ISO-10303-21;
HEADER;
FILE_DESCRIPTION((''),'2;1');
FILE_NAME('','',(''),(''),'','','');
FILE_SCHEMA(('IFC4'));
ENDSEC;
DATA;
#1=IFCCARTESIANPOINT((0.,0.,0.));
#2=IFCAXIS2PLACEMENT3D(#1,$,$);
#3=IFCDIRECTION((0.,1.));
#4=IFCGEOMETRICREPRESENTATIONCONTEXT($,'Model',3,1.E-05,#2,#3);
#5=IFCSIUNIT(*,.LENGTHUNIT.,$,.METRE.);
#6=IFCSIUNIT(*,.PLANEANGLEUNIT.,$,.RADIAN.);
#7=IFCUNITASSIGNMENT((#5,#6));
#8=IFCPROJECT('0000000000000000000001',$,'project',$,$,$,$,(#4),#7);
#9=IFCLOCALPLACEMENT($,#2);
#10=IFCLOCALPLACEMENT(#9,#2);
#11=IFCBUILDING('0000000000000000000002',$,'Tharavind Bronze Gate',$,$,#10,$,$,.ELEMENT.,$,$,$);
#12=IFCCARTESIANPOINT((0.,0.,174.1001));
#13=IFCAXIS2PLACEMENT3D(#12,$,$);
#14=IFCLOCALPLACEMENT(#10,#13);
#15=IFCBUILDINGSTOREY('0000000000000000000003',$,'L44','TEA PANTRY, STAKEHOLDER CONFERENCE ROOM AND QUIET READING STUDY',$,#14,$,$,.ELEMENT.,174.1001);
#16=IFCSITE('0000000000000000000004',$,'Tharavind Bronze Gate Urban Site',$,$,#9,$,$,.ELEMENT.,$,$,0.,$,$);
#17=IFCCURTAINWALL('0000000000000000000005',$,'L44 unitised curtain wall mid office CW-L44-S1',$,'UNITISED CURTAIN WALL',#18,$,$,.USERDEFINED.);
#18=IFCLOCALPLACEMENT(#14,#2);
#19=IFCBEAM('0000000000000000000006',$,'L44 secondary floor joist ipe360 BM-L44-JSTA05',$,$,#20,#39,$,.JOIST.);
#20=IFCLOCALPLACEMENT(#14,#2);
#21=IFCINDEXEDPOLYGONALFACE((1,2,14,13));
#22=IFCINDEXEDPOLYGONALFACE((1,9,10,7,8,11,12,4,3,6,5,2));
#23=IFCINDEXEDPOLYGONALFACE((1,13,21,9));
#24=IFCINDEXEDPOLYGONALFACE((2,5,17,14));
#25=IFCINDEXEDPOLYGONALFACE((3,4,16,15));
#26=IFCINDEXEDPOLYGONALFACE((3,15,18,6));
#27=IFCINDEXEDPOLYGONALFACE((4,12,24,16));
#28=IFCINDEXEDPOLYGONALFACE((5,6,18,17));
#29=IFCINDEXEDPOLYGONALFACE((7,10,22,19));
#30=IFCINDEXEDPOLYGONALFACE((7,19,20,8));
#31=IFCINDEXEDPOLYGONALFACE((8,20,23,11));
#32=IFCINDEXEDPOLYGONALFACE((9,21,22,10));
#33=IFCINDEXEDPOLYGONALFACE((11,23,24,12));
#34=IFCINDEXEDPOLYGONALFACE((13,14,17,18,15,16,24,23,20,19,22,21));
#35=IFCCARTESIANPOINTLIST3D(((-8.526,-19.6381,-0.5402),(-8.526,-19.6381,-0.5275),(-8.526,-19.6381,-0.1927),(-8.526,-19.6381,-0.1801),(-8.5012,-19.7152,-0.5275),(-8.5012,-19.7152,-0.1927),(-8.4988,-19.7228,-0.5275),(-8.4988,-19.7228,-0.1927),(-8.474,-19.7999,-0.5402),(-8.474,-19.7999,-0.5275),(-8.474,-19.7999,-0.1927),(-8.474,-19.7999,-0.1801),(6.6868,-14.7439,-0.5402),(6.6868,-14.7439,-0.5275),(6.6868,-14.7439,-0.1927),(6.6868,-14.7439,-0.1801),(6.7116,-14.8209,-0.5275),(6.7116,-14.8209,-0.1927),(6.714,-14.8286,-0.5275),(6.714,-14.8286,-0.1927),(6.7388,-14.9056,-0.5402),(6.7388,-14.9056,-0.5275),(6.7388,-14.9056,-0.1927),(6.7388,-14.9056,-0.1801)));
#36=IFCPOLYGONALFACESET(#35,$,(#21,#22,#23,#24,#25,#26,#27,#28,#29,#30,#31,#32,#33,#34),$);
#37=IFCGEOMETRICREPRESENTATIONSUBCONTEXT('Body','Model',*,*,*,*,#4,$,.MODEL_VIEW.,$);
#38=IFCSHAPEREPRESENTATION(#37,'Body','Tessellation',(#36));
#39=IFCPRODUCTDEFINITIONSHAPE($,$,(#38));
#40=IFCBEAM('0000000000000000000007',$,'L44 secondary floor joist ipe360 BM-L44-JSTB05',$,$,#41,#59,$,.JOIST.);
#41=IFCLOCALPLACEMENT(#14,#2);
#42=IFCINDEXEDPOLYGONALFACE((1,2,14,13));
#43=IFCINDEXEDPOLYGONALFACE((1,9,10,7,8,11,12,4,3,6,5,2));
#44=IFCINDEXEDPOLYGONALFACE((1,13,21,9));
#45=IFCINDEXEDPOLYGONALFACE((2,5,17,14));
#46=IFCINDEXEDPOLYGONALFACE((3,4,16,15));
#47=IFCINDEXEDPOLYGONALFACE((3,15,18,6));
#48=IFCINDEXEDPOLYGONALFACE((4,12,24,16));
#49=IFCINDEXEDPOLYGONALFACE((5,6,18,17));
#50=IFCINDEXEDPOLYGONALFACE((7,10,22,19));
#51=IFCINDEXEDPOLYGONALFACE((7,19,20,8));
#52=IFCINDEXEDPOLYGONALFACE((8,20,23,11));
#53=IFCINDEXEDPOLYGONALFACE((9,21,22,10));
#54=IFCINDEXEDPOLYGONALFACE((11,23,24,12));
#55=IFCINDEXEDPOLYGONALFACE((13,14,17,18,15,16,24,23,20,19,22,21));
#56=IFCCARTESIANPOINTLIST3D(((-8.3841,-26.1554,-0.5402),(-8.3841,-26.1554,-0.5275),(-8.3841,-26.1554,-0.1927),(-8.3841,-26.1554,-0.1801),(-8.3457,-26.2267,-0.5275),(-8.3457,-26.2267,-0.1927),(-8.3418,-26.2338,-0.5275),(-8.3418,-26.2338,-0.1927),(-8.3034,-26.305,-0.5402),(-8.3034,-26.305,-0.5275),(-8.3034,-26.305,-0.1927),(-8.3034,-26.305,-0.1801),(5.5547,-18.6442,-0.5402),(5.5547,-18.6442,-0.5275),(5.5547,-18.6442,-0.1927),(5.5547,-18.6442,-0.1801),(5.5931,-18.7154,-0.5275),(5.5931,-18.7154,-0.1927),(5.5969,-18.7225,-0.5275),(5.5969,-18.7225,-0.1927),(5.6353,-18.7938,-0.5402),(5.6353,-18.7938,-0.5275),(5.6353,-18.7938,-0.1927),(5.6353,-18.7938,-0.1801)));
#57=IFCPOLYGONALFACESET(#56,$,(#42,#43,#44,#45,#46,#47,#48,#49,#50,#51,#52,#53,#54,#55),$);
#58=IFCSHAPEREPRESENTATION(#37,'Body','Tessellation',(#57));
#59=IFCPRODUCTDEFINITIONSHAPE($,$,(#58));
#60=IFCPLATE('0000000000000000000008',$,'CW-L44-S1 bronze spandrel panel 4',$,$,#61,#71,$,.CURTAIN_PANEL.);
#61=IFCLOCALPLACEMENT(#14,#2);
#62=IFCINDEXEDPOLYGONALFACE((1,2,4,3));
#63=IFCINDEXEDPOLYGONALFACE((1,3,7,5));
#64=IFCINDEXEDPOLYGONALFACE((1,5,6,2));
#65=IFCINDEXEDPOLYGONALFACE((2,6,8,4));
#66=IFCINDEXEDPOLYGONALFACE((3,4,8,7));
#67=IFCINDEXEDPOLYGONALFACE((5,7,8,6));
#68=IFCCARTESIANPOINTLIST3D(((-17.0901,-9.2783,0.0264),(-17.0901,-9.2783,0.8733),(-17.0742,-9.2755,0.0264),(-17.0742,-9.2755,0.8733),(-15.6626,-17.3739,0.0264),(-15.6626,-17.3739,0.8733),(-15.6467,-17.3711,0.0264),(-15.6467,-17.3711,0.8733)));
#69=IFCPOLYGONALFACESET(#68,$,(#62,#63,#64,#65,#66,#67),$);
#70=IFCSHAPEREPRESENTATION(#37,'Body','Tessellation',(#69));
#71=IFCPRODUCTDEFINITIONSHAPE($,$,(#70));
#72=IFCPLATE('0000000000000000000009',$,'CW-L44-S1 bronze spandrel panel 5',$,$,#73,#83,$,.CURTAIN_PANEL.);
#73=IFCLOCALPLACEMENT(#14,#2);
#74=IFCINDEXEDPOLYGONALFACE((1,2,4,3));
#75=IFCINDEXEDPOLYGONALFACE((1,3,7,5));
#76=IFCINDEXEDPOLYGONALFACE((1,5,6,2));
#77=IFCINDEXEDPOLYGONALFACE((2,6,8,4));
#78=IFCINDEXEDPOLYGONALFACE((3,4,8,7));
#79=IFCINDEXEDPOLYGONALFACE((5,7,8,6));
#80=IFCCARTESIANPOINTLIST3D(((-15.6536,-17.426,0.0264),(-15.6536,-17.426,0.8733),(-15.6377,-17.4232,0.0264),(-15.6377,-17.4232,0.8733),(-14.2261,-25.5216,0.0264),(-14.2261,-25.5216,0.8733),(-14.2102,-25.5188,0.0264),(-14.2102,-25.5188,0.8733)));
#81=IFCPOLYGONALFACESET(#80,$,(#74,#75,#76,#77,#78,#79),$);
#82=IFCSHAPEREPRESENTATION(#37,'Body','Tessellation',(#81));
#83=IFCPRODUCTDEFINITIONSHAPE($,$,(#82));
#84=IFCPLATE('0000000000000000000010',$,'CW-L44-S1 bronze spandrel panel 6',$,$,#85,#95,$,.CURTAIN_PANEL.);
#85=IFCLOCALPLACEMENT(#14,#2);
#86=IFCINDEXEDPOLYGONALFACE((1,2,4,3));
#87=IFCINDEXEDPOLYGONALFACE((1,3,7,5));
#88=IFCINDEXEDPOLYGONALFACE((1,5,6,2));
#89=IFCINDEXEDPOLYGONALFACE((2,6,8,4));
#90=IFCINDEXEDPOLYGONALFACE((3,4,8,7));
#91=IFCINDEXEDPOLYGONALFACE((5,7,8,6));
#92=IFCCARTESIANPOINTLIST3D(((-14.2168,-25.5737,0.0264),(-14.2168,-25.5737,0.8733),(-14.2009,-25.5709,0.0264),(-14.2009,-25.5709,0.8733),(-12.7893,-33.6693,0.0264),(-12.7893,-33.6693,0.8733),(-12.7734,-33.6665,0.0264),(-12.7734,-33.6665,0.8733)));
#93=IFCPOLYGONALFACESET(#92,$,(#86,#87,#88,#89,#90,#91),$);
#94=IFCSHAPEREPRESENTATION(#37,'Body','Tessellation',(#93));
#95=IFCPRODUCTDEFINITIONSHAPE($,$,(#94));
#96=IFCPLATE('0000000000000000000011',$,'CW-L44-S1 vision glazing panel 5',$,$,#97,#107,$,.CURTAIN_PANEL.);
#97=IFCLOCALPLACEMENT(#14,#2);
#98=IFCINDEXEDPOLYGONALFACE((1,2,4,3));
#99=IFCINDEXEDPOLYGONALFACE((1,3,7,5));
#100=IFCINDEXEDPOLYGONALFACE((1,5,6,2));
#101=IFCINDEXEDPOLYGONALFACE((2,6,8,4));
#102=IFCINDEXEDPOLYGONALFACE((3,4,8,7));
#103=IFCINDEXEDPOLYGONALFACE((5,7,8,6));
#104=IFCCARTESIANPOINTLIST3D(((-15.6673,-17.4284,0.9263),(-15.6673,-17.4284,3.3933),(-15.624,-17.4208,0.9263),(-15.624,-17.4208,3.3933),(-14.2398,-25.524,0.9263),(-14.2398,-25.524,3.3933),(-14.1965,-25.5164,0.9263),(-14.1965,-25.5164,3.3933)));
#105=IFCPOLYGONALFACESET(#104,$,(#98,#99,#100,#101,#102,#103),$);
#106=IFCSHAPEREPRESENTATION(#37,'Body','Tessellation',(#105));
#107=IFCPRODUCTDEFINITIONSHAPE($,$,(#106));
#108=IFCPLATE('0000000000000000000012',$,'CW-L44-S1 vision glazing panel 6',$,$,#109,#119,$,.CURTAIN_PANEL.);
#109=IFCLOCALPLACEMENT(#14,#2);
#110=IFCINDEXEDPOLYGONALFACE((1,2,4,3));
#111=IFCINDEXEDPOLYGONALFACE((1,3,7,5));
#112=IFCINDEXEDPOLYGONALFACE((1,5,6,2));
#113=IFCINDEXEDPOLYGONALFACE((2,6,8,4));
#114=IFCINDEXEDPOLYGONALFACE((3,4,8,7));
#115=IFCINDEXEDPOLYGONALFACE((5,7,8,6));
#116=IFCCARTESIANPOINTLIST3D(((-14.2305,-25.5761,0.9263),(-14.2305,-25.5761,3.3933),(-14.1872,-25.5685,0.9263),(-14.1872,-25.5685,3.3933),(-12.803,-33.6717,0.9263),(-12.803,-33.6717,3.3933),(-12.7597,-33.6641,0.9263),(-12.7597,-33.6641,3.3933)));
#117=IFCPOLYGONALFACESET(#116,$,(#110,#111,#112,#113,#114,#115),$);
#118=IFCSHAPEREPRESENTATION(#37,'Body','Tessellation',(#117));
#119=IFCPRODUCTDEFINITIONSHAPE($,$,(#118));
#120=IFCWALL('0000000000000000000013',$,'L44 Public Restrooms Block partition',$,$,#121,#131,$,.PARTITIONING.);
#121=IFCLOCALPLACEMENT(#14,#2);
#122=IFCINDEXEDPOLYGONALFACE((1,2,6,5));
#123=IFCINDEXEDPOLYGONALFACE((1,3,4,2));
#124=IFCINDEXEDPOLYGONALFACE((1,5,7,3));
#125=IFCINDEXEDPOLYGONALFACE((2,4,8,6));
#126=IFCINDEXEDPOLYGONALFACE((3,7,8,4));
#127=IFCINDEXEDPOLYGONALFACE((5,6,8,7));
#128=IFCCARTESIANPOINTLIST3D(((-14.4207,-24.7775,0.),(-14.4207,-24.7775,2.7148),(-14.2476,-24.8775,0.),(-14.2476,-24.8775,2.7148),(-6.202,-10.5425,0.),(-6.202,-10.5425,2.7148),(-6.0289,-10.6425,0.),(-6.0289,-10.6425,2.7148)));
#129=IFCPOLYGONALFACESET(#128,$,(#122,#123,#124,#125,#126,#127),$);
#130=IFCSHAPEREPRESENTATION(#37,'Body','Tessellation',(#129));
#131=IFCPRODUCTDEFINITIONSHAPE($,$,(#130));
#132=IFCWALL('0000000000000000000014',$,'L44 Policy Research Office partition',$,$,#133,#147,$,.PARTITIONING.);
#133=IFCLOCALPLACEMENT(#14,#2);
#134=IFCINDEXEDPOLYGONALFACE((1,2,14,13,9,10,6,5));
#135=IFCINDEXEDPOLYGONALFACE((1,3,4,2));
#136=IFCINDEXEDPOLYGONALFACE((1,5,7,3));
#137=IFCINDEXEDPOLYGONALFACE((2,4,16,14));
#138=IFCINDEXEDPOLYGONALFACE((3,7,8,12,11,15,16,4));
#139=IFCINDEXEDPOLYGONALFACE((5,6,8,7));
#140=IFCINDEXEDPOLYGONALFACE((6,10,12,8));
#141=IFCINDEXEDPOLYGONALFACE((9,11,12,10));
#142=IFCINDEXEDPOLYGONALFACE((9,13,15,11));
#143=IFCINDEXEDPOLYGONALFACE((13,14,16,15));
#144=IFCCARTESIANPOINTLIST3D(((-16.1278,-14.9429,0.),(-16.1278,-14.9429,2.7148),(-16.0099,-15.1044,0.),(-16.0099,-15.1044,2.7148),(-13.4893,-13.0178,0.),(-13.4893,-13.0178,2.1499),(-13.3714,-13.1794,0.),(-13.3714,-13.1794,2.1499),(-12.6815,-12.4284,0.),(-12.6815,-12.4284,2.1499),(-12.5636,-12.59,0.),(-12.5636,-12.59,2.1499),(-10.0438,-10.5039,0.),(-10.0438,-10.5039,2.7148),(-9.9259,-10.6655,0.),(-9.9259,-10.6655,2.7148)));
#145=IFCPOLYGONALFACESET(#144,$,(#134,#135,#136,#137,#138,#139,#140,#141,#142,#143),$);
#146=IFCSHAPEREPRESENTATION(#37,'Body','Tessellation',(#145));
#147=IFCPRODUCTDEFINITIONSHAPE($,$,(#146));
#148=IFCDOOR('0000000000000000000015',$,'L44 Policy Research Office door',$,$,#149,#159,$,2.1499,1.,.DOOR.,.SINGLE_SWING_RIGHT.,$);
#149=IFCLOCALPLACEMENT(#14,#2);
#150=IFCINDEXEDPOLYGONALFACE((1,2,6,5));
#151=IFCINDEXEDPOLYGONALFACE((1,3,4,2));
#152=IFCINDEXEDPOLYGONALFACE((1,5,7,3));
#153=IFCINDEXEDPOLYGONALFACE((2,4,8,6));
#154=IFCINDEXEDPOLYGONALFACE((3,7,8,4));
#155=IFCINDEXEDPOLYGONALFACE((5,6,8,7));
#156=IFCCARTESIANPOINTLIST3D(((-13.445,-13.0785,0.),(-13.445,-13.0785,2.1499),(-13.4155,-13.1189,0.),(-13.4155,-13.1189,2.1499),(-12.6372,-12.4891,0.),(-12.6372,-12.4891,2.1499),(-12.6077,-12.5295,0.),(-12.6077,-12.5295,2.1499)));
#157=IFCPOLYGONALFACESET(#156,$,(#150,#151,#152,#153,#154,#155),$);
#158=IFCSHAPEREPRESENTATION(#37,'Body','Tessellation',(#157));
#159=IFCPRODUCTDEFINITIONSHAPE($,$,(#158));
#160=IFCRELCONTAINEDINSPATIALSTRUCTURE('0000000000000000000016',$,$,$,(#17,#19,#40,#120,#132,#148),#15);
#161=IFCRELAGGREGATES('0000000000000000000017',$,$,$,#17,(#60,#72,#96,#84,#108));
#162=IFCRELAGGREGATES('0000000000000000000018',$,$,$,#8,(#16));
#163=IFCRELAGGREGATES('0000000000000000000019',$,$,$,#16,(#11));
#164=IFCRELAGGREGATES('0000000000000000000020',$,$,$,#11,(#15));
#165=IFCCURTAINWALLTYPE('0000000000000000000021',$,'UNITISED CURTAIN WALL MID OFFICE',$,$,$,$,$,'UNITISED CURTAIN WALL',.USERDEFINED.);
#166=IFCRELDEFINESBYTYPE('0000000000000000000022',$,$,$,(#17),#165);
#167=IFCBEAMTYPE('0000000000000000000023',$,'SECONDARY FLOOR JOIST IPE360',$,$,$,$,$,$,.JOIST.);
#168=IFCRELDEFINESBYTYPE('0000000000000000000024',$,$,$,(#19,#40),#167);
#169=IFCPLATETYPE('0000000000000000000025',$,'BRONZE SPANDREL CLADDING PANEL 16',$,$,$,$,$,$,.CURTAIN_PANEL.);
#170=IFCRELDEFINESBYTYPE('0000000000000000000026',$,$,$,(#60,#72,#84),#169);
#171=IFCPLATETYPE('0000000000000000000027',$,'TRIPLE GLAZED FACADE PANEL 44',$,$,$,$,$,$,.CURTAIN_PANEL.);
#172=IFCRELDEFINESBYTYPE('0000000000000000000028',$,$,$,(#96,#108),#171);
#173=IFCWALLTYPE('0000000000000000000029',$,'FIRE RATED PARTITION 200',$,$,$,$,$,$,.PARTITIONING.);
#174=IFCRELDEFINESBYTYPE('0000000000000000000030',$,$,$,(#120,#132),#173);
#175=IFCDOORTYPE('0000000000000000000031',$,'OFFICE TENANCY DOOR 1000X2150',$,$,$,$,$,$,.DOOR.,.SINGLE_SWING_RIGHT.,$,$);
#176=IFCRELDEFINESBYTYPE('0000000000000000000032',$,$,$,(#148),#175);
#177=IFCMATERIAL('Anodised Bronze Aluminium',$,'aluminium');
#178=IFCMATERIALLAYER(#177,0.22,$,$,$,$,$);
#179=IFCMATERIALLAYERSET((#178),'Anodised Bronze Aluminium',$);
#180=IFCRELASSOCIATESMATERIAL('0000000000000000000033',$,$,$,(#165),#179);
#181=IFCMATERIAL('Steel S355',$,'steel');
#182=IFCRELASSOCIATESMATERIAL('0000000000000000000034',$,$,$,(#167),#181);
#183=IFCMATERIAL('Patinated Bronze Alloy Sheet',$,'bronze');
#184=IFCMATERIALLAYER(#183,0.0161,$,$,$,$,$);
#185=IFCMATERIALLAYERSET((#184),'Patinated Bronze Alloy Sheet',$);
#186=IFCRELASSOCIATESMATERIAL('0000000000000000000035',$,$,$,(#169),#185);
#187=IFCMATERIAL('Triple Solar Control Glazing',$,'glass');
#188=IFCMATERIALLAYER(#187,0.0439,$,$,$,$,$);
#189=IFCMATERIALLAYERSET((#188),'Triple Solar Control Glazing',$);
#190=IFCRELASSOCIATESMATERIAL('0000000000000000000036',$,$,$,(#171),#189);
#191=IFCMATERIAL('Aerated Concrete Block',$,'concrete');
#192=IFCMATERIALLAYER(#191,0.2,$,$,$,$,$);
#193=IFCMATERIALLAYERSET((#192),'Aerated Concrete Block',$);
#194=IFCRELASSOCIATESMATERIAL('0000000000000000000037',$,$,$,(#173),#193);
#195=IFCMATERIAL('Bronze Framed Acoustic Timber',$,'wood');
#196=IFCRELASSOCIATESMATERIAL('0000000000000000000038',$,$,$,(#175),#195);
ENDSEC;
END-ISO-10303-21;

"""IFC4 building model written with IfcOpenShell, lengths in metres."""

from ifc_helpers import new_model, si_unit, direction, frame, frame_2d, origin, origin_2d, place, context, subcontext, project, spatial, rectangle, i_section, extrude, material, layer, layer_set, material_profile, profile_set, type_object, element, fill, aggregate, save


model = new_model("IFC4")

# Units and contexts
model_context = context("Model", 3, precision=1e-05, world=origin(), true_north=direction((0.0, 1.0)))
body_context = subcontext(model_context, "Body", "Model", "MODEL_VIEW")
ifc_project = project(units=[si_unit("LENGTHUNIT", "METRE"), si_unit("PLANEANGLEUNIT", "RADIAN")], contexts=[model_context])

# Site, building, storey
site_placement = place(None, origin())
site = spatial("IfcSite", under=ifc_project, at=site_placement, Name="Tharavind Bronze Gate Urban Site", CompositionType="ELEMENT", RefElevation=0.0)
building_placement = place(site_placement, origin())
building = spatial("IfcBuilding", under=site, at=building_placement, Name="Tharavind Bronze Gate", CompositionType="ELEMENT")
storey_placement = place(building_placement, frame((0.0, 0.0, 174.1001)))
storey = spatial("IfcBuildingStorey", under=building, at=storey_placement, Name="L44", Description="TEA PANTRY, STAKEHOLDER CONFERENCE ROOM AND QUIET READING STUDY", CompositionType="ELEMENT", Elevation=174.1001)

# Curtain wall
ifc_material_1 = material(Name="Anodised Bronze Aluminium", Category="aluminium")
ifc_layer_1 = layer(ifc_material_1, 0.22)
ifc_layer_set_1 = layer_set([ifc_layer_1], Name="Anodised Bronze Aluminium")
curtain_wall_type = type_object("IfcCurtainWallType", Name="UNITISED CURTAIN WALL MID OFFICE", ElementType="UNITISED CURTAIN WALL", PredefinedType="USERDEFINED", material=ifc_layer_set_1)
curtain_wall_placement = place(storey_placement, origin())
curtain_wall = element("IfcCurtainWall", 1, at=curtain_wall_placement, inside=storey, type_object=curtain_wall_type, Name="L44 unitised curtain wall mid office CW-L44-S1", ObjectType="UNITISED CURTAIN WALL", PredefinedType="USERDEFINED")

# Beams
ifc_material_2 = material(Name="Steel S355", Category="steel")
ifc_material_profile_1 = material_profile(ifc_material_2, i_section(OverallWidth=0.1699, OverallDepth=0.3601, WebThickness=0.0081, FlangeThickness=0.0127, at=origin_2d()), Name="IPE360")
ifc_profile_set_1 = profile_set([ifc_material_profile_1], Name="Steel S355")
beam_type_1 = type_object("IfcBeamType", Name="SECONDARY FLOOR JOIST IPE360", PredefinedType="JOIST", material=ifc_profile_set_1)
beam_1_placement = place(storey_placement, frame((-8.5, -19.719, -0.3601), z_axis=(0.951948, 0.30626, 0.0), x_axis=(-0.30626, 0.951948, 0.0)))
element("IfcBeam", 2, at=beam_1_placement, inside=storey, type_object=beam_type_1, Name="L44 secondary floor joist ipe360 BM-L44-JSTA05", PredefinedType="JOIST", context=body_context, shape_type="SweptSolid", body=[
    extrude(i_section(OverallWidth=0.1699, OverallDepth=0.3601, WebThickness=0.0081, FlangeThickness=0.0127, at=origin_2d()), origin(), (0.0, 0.0, 1.0), 15.9807),
])
beam_2_placement = place(storey_placement, frame((-8.3438, -26.2302, -0.3601), z_axis=(0.880319, 0.474382, 0.0), x_axis=(-0.474382, 0.880319, 0.0)))
element("IfcBeam", 3, at=beam_2_placement, inside=storey, type_object=beam_type_1, Name="L44 secondary floor joist ipe360 BM-L44-JSTB05", PredefinedType="JOIST", context=body_context, shape_type="SweptSolid", body=[
    extrude(i_section(OverallWidth=0.1699, OverallDepth=0.3601, WebThickness=0.0081, FlangeThickness=0.0127, at=origin_2d()), origin(), (0.0, 0.0, 1.0), 15.8337),
])

# Plates
ifc_material_3 = material(Name="Patinated Bronze Alloy Sheet", Category="bronze")
ifc_layer_2 = layer(ifc_material_3, 0.0161)
ifc_layer_set_2 = layer_set([ifc_layer_2], Name="Patinated Bronze Alloy Sheet")
plate_type_1 = type_object("IfcPlateType", Name="BRONZE SPANDREL CLADDING PANEL 16", PredefinedType="CURTAIN_PANEL", material=ifc_layer_set_2)
plate_1_placement = place(storey_placement, frame((-16.3684, -13.3247, 0.0264), z_axis=(0.0, 0.0, 1.0), x_axis=(0.173648, -0.984808, 0.0)))
plate_1 = element("IfcPlate", 4, at=plate_1_placement, type_object=plate_type_1, Name="CW-L44-S1 bronze spandrel panel 4", PredefinedType="CURTAIN_PANEL", context=body_context, shape_type="SweptSolid", body=[
    extrude(rectangle(XDim=8.2205, YDim=0.0161, at=origin_2d()), origin(), (0.0, 0.0, 1.0), 0.8469),
])
plate_2_placement = place(storey_placement, frame((-14.9319, -21.4724, 0.0264), z_axis=(0.0, 0.0, 1.0), x_axis=(0.173648, -0.984808, 0.0)))
plate_2 = element("IfcPlate", 5, at=plate_2_placement, type_object=plate_type_1, Name="CW-L44-S1 bronze spandrel panel 5", PredefinedType="CURTAIN_PANEL", context=body_context, shape_type="SweptSolid", body=[
    extrude(rectangle(XDim=8.2205, YDim=0.0161, at=origin_2d()), origin(), (0.0, 0.0, 1.0), 0.8469),
])
plate_3_placement = place(storey_placement, frame((-13.4951, -29.6201, 0.0264), z_axis=(0.0, 0.0, 1.0), x_axis=(0.173648, -0.984808, 0.0)))
plate_3 = element("IfcPlate", 6, at=plate_3_placement, type_object=plate_type_1, Name="CW-L44-S1 bronze spandrel panel 6", PredefinedType="CURTAIN_PANEL", context=body_context, shape_type="SweptSolid", body=[
    extrude(rectangle(XDim=8.2205, YDim=0.0161, at=origin_2d()), origin(), (0.0, 0.0, 1.0), 0.8469),
])
ifc_material_4 = material(Name="Triple Solar Control Glazing", Category="glass")
ifc_layer_3 = layer(ifc_material_4, 0.0439)
ifc_layer_set_3 = layer_set([ifc_layer_3], Name="Triple Solar Control Glazing")
plate_type_2 = type_object("IfcPlateType", Name="TRIPLE GLAZED FACADE PANEL 44", PredefinedType="CURTAIN_PANEL", material=ifc_layer_set_3)
plate_4_placement = place(storey_placement, frame((-14.9319, -21.4724, 0.9263), z_axis=(0.0, 0.0, 1.0), x_axis=(0.173648, -0.984808, 0.0)))
plate_4 = element("IfcPlate", 7, at=plate_4_placement, type_object=plate_type_2, Name="CW-L44-S1 vision glazing panel 5", PredefinedType="CURTAIN_PANEL", context=body_context, shape_type="SweptSolid", body=[
    extrude(rectangle(XDim=8.2205, YDim=0.0439, at=origin_2d()), origin(), (0.0, 0.0, 1.0), 2.467),
])
plate_5_placement = place(storey_placement, frame((-13.4951, -29.6201, 0.9263), z_axis=(0.0, 0.0, 1.0), x_axis=(0.173648, -0.984808, 0.0)))
plate_5 = element("IfcPlate", 8, at=plate_5_placement, type_object=plate_type_2, Name="CW-L44-S1 vision glazing panel 6", PredefinedType="CURTAIN_PANEL", context=body_context, shape_type="SweptSolid", body=[
    extrude(rectangle(XDim=8.2205, YDim=0.0439, at=origin_2d()), origin(), (0.0, 0.0, 1.0), 2.467),
])
aggregate(curtain_wall, [plate_1, plate_2, plate_4, plate_3, plate_5])

# Wall
ifc_material_5 = material(Name="Aerated Concrete Block", Category="concrete")
ifc_layer_4 = layer(ifc_material_5, 0.2)
ifc_layer_set_4 = layer_set([ifc_layer_4], Name="Aerated Concrete Block")
wall_type = type_object("IfcWallType", Name="FIRE RATED PARTITION 200", PredefinedType="PARTITIONING", material=ifc_layer_set_4)
wall_1_placement = place(storey_placement, frame((-14.3342, -24.8276, 0.0), z_axis=(0.0, 0.0, 1.0), x_axis=(0.500005, 0.866023, 0.0)))
element("IfcWall", 9, at=wall_1_placement, inside=storey, type_object=wall_type, Name="L44 Public Restrooms Block partition", PredefinedType="PARTITIONING", context=body_context, shape_type="SweptSolid", body=[
    extrude(rectangle(XDim=16.4373, YDim=0.2, at=frame_2d((8.2188, 0.0))), origin(), (0.0, 0.0, 1.0), 2.7148),
])

# Wall, opening, door
wall_2_placement = place(storey_placement, frame((-16.0688, -15.0237, 0.0), z_axis=(0.0, 0.0, 1.0), x_axis=(0.807835, 0.589408, 0.0)))
wall_2 = element("IfcWall", 10, at=wall_2_placement, inside=storey, type_object=wall_type, Name="L44 Policy Research Office partition", PredefinedType="PARTITIONING", context=body_context, shape_type="SweptSolid", body=[
    extrude(rectangle(XDim=7.5312, YDim=0.2, at=frame_2d((3.7656, 0.0))), origin(), (0.0, 0.0, 1.0), 2.7148),
])
opening_placement = place(wall_2_placement, frame((3.2661, 0.0, 0.0)))
opening = element("IfcOpeningElement", 11, at=opening_placement, cuts=wall_2, PredefinedType="OPENING", context=body_context, shape_type="SweptSolid", body=[
    extrude(rectangle(XDim=1.0, YDim=2.1499, at=frame_2d((0.5, 1.075))), frame((0.0, 0.1101, 0.0), z_axis=(0.0, -1.0, 0.0), x_axis=(1.0, 0.0, 0.0)), (0.0, 0.0, 1.0), 0.22),
])
ifc_material_6 = material(Name="Bronze Framed Acoustic Timber", Category="wood")
door_type = type_object("IfcDoorType", Name="OFFICE TENANCY DOOR 1000X2150", OperationType="SINGLE_SWING_RIGHT", PredefinedType="DOOR", material=ifc_material_6)
door_placement = place(opening_placement, origin())
door = element("IfcDoor", 12, at=door_placement, inside=storey, type_object=door_type, Name="L44 Policy Research Office door", OperationType="SINGLE_SWING_RIGHT", OverallHeight=2.1499, OverallWidth=1.0, PredefinedType="DOOR", context=body_context, shape_type="SweptSolid", body=[
    extrude(rectangle(XDim=1.0, YDim=2.1499, at=frame_2d((0.5, 1.075))), frame((0.0, 0.0249, 0.0), z_axis=(0.0, -1.0, 0.0), x_axis=(1.0, 0.0, 0.0)), (0.0, 0.0, 1.0), 0.05),
])
fill(opening, door)

save(model, "model.ifc")
